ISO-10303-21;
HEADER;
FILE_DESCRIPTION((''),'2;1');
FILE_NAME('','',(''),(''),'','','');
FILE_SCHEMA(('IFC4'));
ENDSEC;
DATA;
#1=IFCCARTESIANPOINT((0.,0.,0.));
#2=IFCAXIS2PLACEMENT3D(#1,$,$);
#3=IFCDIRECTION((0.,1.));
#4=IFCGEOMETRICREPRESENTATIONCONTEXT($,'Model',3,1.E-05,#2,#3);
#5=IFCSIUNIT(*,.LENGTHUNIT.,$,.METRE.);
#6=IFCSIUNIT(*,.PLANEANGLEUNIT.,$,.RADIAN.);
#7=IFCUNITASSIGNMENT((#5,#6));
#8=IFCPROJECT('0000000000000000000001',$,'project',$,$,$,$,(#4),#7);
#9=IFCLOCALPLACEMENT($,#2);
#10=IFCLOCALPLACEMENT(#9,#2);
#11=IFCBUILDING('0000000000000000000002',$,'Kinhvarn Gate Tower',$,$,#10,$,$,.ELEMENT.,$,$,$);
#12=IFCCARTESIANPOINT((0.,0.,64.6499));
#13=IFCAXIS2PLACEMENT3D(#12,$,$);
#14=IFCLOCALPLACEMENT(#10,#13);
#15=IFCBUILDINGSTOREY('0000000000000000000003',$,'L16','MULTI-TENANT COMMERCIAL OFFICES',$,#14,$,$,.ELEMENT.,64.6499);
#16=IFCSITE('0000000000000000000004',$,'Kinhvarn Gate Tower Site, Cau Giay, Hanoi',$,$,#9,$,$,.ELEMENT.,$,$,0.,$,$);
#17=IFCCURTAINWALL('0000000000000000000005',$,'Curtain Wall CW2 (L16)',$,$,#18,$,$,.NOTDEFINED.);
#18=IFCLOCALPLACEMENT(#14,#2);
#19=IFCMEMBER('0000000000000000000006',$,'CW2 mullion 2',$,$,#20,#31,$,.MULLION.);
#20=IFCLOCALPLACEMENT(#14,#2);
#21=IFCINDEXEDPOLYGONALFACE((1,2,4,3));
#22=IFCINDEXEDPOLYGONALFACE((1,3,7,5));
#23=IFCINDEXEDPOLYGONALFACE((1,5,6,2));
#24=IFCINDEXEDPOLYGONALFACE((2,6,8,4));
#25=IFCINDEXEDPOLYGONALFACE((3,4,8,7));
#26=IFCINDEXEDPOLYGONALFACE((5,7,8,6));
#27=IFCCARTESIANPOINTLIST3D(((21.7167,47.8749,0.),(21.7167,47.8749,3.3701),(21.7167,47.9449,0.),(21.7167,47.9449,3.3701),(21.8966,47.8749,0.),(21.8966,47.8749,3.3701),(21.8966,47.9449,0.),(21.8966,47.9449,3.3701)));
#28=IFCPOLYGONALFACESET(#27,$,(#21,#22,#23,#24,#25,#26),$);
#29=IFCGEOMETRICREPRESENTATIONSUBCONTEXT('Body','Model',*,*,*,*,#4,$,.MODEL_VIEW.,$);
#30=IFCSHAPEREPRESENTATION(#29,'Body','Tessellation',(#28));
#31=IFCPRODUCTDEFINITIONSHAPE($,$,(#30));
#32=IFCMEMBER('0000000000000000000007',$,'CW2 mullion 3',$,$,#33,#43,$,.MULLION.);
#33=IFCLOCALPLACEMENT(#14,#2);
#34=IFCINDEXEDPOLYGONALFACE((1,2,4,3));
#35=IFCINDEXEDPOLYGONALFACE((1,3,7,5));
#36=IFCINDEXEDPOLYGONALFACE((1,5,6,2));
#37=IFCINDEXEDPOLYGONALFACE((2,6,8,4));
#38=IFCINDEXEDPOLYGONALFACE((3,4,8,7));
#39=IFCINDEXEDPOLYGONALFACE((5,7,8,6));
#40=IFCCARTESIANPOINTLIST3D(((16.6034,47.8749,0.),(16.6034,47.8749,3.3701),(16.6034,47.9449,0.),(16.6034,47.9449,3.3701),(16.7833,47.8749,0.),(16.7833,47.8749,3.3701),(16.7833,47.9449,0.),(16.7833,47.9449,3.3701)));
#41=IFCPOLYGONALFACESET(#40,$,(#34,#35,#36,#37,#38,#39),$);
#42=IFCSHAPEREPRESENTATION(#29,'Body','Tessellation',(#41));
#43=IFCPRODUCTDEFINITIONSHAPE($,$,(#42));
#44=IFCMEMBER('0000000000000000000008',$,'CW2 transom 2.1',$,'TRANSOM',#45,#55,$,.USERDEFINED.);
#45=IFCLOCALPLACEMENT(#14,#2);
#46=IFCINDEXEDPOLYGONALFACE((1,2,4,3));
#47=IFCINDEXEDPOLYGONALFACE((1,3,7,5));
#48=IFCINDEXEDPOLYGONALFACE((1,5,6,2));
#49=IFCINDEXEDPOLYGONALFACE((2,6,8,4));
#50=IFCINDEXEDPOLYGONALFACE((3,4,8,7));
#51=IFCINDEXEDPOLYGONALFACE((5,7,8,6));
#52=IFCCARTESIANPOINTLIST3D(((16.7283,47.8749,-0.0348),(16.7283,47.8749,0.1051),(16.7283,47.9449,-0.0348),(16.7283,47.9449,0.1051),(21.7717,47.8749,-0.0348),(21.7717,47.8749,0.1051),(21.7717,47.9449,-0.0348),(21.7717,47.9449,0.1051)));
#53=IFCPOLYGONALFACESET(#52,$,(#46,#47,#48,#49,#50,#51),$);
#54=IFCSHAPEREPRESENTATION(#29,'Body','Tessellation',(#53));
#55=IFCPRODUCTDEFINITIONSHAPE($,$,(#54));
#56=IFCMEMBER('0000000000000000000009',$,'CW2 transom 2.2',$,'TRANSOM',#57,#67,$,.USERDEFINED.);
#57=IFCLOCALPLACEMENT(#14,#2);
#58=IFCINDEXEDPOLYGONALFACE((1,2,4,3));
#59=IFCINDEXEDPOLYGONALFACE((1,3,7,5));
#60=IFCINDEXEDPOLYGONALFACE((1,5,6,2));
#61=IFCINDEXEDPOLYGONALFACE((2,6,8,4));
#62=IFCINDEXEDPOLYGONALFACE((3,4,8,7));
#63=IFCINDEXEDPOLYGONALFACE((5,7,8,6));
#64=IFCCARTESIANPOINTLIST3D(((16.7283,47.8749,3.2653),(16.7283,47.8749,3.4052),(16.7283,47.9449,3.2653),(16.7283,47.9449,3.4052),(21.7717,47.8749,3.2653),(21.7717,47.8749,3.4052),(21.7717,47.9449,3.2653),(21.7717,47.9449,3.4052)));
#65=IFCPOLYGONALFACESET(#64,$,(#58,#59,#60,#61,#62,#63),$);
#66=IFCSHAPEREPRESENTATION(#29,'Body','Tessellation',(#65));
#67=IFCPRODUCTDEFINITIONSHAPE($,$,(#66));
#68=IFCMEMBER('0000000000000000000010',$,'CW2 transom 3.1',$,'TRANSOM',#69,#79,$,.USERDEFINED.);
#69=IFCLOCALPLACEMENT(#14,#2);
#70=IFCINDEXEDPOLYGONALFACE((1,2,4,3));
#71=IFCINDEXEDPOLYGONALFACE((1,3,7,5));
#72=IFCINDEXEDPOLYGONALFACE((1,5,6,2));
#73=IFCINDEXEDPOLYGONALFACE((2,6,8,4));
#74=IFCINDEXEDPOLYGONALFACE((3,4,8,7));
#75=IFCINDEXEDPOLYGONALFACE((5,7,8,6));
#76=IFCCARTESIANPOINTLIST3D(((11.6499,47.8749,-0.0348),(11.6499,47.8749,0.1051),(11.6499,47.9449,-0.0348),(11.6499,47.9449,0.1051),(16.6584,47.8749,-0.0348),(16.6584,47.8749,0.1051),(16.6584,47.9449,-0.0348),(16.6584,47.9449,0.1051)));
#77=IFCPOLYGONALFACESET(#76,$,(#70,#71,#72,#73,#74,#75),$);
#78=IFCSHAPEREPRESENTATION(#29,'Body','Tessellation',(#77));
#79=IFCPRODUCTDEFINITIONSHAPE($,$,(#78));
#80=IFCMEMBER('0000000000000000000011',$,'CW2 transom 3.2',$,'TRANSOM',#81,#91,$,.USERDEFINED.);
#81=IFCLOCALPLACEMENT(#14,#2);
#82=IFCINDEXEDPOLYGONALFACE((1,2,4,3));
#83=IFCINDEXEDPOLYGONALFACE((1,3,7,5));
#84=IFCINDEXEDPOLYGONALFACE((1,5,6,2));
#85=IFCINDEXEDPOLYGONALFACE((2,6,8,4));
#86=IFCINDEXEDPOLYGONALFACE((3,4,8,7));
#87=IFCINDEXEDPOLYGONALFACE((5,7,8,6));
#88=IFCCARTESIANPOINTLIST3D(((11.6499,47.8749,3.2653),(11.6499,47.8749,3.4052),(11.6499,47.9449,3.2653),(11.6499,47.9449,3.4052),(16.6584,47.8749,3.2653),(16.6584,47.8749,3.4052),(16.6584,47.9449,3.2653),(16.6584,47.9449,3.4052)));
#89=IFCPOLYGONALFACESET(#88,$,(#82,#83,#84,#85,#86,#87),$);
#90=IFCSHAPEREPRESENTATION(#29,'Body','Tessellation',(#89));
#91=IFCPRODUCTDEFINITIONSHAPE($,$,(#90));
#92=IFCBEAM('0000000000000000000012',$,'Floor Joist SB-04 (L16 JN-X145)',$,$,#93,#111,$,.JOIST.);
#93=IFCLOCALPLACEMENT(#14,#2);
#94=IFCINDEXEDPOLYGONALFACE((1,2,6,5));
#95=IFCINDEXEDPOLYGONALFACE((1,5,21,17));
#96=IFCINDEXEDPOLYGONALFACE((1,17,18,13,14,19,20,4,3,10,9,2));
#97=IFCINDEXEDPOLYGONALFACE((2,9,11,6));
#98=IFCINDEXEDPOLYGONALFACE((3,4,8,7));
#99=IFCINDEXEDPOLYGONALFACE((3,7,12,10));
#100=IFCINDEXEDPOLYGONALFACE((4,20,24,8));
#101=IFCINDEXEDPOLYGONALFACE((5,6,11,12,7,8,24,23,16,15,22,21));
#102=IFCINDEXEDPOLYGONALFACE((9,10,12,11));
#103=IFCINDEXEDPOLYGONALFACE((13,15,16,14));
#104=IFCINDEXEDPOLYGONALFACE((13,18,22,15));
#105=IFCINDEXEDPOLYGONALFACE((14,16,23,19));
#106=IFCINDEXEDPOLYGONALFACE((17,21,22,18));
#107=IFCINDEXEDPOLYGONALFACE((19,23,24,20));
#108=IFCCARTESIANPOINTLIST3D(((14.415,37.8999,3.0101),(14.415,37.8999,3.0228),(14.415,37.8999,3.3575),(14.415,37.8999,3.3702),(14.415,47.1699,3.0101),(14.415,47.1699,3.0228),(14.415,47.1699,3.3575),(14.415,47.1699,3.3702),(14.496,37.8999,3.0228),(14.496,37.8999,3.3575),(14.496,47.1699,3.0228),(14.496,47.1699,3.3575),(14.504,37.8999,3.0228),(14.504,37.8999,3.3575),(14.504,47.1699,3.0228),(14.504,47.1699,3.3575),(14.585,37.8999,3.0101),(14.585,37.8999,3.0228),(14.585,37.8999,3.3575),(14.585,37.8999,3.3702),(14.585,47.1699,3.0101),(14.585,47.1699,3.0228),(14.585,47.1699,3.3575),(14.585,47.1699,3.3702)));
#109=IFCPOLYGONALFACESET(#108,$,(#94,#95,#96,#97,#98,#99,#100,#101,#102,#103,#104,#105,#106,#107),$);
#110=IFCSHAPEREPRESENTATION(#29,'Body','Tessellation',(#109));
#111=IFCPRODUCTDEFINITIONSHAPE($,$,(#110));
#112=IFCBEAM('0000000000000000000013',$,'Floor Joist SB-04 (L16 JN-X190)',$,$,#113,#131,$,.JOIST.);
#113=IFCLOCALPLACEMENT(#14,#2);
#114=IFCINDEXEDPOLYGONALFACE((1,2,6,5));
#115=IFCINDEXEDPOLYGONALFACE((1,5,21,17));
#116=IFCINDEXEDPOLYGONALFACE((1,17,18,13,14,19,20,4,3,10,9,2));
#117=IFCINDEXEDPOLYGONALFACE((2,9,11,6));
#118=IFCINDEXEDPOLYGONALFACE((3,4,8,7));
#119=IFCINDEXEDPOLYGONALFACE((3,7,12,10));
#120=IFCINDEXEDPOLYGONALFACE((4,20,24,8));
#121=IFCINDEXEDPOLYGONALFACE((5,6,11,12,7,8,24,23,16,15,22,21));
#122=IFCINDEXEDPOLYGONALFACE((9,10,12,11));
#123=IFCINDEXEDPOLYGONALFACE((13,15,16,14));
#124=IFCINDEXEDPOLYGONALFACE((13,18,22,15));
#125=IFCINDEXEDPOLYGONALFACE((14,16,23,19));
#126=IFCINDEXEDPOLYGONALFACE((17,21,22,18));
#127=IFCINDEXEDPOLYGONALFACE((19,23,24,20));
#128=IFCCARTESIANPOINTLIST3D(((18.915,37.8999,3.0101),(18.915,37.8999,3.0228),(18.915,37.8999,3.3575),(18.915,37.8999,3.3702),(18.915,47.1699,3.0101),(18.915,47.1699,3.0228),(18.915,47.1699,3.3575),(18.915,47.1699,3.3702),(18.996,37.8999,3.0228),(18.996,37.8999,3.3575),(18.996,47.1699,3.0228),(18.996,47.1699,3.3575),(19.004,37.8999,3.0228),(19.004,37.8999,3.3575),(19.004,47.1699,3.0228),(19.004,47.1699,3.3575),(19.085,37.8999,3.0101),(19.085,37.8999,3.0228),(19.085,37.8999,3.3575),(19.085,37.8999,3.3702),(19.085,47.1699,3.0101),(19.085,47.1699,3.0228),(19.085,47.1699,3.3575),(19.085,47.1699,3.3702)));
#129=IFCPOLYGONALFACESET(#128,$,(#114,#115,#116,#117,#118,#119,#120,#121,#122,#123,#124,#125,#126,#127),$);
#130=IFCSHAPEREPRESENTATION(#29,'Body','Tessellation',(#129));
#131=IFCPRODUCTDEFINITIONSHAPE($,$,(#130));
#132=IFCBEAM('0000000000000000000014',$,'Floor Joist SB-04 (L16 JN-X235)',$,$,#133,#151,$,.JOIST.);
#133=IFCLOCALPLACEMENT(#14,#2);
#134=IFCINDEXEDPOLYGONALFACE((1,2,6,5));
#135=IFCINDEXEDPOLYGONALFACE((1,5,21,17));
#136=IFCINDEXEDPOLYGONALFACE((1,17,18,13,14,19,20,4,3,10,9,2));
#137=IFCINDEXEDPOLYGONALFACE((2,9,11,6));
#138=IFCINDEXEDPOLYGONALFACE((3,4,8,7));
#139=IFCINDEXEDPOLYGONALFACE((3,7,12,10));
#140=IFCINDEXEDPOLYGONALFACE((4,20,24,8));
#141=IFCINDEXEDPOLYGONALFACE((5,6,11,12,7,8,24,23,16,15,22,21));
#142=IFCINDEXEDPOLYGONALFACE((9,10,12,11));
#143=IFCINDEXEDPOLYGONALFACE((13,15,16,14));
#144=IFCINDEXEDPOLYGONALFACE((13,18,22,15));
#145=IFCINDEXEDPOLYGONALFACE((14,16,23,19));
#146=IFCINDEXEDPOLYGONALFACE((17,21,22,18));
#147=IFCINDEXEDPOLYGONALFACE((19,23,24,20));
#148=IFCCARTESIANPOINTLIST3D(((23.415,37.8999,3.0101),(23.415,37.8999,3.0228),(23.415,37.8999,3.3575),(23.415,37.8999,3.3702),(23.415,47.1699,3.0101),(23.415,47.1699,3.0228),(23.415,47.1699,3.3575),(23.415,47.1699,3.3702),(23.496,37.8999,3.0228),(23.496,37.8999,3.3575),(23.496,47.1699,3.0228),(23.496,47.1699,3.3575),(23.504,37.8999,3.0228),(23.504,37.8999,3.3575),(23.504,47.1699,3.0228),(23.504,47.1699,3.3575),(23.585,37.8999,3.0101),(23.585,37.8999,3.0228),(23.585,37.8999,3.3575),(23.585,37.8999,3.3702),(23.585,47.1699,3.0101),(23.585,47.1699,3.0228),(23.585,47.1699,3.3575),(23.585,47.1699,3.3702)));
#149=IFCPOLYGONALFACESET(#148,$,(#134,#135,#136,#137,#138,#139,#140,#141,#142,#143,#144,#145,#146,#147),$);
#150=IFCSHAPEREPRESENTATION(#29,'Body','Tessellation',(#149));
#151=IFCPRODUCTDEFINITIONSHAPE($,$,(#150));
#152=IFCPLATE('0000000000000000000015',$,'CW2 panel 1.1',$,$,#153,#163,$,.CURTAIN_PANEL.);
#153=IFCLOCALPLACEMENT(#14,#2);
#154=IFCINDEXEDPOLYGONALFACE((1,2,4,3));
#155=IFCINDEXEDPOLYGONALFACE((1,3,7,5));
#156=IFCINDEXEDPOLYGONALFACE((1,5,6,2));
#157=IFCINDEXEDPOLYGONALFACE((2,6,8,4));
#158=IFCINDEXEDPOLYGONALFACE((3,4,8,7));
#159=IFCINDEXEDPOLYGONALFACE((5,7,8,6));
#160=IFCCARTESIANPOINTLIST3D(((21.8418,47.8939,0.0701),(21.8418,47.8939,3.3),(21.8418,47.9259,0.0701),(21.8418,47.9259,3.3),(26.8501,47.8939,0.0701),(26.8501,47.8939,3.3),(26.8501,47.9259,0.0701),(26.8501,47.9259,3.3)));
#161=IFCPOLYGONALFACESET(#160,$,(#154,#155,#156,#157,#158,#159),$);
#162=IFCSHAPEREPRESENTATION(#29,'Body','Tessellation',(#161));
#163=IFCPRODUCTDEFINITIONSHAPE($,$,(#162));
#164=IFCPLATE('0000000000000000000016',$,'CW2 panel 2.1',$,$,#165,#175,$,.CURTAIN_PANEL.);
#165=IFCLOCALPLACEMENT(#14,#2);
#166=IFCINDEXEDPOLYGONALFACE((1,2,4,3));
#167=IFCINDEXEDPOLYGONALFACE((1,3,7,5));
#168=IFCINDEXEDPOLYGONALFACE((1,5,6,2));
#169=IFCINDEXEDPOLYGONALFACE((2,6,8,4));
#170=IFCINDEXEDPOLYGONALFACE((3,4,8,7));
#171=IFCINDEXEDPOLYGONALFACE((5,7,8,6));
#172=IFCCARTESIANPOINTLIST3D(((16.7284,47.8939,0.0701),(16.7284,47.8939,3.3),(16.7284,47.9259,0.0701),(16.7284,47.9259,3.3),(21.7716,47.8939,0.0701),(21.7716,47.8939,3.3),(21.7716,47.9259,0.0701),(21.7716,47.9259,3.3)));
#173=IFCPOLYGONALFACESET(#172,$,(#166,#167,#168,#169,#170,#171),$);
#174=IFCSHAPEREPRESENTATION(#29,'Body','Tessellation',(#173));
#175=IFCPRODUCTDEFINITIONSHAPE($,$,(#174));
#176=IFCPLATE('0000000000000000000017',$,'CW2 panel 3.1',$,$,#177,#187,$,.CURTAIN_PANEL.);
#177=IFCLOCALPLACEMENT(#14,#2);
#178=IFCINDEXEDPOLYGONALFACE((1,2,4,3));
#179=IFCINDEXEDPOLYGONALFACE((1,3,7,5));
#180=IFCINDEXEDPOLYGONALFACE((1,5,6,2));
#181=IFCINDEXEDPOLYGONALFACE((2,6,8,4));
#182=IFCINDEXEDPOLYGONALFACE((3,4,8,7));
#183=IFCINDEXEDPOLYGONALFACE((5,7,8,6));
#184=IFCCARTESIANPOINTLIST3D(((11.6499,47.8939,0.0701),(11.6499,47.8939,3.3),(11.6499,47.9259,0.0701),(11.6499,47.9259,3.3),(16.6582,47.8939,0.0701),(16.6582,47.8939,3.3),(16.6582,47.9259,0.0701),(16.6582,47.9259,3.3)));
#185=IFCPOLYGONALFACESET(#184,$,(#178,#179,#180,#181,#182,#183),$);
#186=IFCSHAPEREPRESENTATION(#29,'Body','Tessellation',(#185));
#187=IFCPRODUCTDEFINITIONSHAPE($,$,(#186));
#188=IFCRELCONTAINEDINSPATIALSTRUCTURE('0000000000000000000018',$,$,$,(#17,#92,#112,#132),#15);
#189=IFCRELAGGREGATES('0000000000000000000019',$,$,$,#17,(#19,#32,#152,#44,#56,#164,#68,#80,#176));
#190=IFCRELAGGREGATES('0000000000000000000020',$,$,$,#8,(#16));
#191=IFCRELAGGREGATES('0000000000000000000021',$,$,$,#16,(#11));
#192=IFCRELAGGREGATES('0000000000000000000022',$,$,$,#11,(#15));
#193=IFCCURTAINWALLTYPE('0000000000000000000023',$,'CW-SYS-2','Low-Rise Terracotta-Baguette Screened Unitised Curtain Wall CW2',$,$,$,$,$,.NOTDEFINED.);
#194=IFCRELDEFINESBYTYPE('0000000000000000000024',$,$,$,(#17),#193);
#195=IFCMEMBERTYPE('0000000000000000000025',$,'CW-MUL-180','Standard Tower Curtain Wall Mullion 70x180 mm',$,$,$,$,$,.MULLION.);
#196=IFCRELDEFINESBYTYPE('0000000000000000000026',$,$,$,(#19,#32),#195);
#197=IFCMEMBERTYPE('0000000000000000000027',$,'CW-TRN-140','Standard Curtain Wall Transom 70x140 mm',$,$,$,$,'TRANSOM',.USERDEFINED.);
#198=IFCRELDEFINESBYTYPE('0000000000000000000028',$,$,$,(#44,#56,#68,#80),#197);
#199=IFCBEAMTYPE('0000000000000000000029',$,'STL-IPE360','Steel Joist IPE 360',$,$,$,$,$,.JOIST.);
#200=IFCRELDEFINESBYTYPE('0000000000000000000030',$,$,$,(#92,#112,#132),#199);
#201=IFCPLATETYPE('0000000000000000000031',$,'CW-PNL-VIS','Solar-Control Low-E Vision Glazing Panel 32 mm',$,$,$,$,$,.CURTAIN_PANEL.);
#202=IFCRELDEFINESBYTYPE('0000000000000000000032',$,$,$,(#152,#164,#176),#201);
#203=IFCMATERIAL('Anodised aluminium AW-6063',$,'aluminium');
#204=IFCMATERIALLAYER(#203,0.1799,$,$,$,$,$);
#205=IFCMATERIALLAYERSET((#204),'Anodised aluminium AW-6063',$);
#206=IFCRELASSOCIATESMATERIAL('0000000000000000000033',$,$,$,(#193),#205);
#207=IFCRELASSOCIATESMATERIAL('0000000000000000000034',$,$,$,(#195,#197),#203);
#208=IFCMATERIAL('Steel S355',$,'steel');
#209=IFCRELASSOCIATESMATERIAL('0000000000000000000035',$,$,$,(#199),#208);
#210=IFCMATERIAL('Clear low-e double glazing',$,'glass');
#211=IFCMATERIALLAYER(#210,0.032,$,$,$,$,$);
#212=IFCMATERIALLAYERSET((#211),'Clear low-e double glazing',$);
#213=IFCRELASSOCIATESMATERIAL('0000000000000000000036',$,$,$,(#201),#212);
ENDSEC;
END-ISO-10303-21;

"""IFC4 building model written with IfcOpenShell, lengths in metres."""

from ifc_helpers import new_model, si_unit, direction, frame, origin, origin_2d, place, context, subcontext, project, spatial, rectangle, i_section, extrude, material, layer, layer_set, material_profile, profile_set, type_object, element, aggregate, save


model = new_model("IFC4")

# Units and contexts
model_context = context("Model", 3, precision=1e-05, world=origin(), true_north=direction((0.0, 1.0)))
body_context = subcontext(model_context, "Body", "Model", "MODEL_VIEW")
ifc_project = project(units=[si_unit("LENGTHUNIT", "METRE"), si_unit("PLANEANGLEUNIT", "RADIAN")], contexts=[model_context])

# Site, building, storey
site_placement = place(None, origin())
site = spatial("IfcSite", under=ifc_project, at=site_placement, Name="Kinhvarn Gate Tower Site, Cau Giay, Hanoi", CompositionType="ELEMENT", RefElevation=0.0)
building_placement = place(site_placement, origin())
building = spatial("IfcBuilding", under=site, at=building_placement, Name="Kinhvarn Gate Tower", CompositionType="ELEMENT")
storey_placement = place(building_placement, frame((0.0, 0.0, 64.6499)))
storey = spatial("IfcBuildingStorey", under=building, at=storey_placement, Name="L16", Description="MULTI-TENANT COMMERCIAL OFFICES", CompositionType="ELEMENT", Elevation=64.6499)

# Curtain wall, members
ifc_material_1 = material(Name="Anodised aluminium AW-6063", Category="aluminium")
ifc_layer_1 = layer(ifc_material_1, 0.1799)
ifc_layer_set_1 = layer_set([ifc_layer_1], Name="Anodised aluminium AW-6063")
curtain_wall_type = type_object("IfcCurtainWallType", Name="CW-SYS-2", Description="Low-Rise Terracotta-Baguette Screened Unitised Curtain Wall CW2", PredefinedType="NOTDEFINED", material=ifc_layer_set_1)
curtain_wall_placement = place(storey_placement, origin())
curtain_wall = element("IfcCurtainWall", 1, at=curtain_wall_placement, inside=storey, type_object=curtain_wall_type, Name="Curtain Wall CW2 (L16)", PredefinedType="NOTDEFINED")
ifc_material_profile_1 = material_profile(ifc_material_1, rectangle(XDim=0.0701, YDim=0.1799, at=origin_2d()), Name="ALU 70x180")
ifc_profile_set_1 = profile_set([ifc_material_profile_1], Name="Anodised aluminium AW-6063")
member_type_1 = type_object("IfcMemberType", Name="CW-MUL-180", Description="Standard Tower Curtain Wall Mullion 70x180 mm", PredefinedType="MULLION", material=ifc_profile_set_1)
member_1_placement = place(storey_placement, frame((21.8066, 47.9099, 0.0), z_axis=(0.0, 0.0, 1.0), x_axis=(0.0, -1.0, 0.0)))
member_1 = element("IfcMember", 2, at=member_1_placement, type_object=member_type_1, Name="CW2 mullion 2", PredefinedType="MULLION", context=body_context, shape_type="SweptSolid", body=[
    extrude(rectangle(XDim=0.0701, YDim=0.1799, at=origin_2d()), origin(), (0.0, 0.0, 1.0), 3.3701),
])
member_2_placement = place(storey_placement, frame((16.6934, 47.9099, 0.0), z_axis=(0.0, 0.0, 1.0), x_axis=(0.0, -1.0, 0.0)))
member_2 = element("IfcMember", 3, at=member_2_placement, type_object=member_type_1, Name="CW2 mullion 3", PredefinedType="MULLION", context=body_context, shape_type="SweptSolid", body=[
    extrude(rectangle(XDim=0.0701, YDim=0.1799, at=origin_2d()), origin(), (0.0, 0.0, 1.0), 3.3701),
])
ifc_material_profile_2 = material_profile(ifc_material_1, rectangle(XDim=0.0701, YDim=0.1399, at=origin_2d()), Name="ALU 70x140")
ifc_profile_set_2 = profile_set([ifc_material_profile_2], Name="Anodised aluminium AW-6063")
member_type_2 = type_object("IfcMemberType", Name="CW-TRN-140", Description="Standard Curtain Wall Transom 70x140 mm", ElementType="TRANSOM", PredefinedType="USERDEFINED", material=ifc_profile_set_2)
member_3_placement = place(storey_placement, frame((21.7717, 47.9099, 0.0352), z_axis=(-1.0, 0.0, 0.0), x_axis=(0.0, -1.0, 0.0)))
member_3 = element("IfcMember", 4, at=member_3_placement, type_object=member_type_2, Name="CW2 transom 2.1", ObjectType="TRANSOM", PredefinedType="USERDEFINED", context=body_context, shape_type="SweptSolid", body=[
    extrude(rectangle(XDim=0.0701, YDim=0.1399, at=origin_2d()), origin(), (0.0, 0.0, 1.0), 5.0435),
])
member_4_placement = place(storey_placement, frame((21.7717, 47.9099, 3.3352), z_axis=(-1.0, 0.0, 0.0), x_axis=(0.0, -1.0, 0.0)))
member_4 = element("IfcMember", 5, at=member_4_placement, type_object=member_type_2, Name="CW2 transom 2.2", ObjectType="TRANSOM", PredefinedType="USERDEFINED", context=body_context, shape_type="SweptSolid", body=[
    extrude(rectangle(XDim=0.0701, YDim=0.1399, at=origin_2d()), origin(), (0.0, 0.0, 1.0), 5.0435),
])
member_5_placement = place(storey_placement, frame((16.6584, 47.9099, 0.0352), z_axis=(-1.0, 0.0, 0.0), x_axis=(0.0, -1.0, 0.0)))
member_5 = element("IfcMember", 6, at=member_5_placement, type_object=member_type_2, Name="CW2 transom 3.1", ObjectType="TRANSOM", PredefinedType="USERDEFINED", context=body_context, shape_type="SweptSolid", body=[
    extrude(rectangle(XDim=0.0701, YDim=0.1399, at=origin_2d()), origin(), (0.0, 0.0, 1.0), 5.0085),
])
member_6_placement = place(storey_placement, frame((16.6584, 47.9099, 3.3352), z_axis=(-1.0, 0.0, 0.0), x_axis=(0.0, -1.0, 0.0)))
member_6 = element("IfcMember", 7, at=member_6_placement, type_object=member_type_2, Name="CW2 transom 3.2", ObjectType="TRANSOM", PredefinedType="USERDEFINED", context=body_context, shape_type="SweptSolid", body=[
    extrude(rectangle(XDim=0.0701, YDim=0.1399, at=origin_2d()), origin(), (0.0, 0.0, 1.0), 5.0085),
])

# Beams
ifc_material_2 = material(Name="Steel S355", Category="steel")
ifc_material_profile_3 = material_profile(ifc_material_2, i_section(OverallWidth=0.1699, OverallDepth=0.3601, WebThickness=0.0081, FlangeThickness=0.0127, at=origin_2d()), Name="IPE 360")
ifc_profile_set_3 = profile_set([ifc_material_profile_3], Name="Steel S355")
beam_type = type_object("IfcBeamType", Name="STL-IPE360", Description="Steel Joist IPE 360", PredefinedType="JOIST", material=ifc_profile_set_3)
for number, where, z_axis, x_axis, name in (
    (8, (14.5, 37.8999, 3.1902), (0.0, 1.0, 0.0), (-1.0, 0.0, 0.0), "Floor Joist SB-04 (L16 JN-X145)"),
    (9, (19.0, 37.8999, 3.1902), (0.0, 1.0, 0.0), (-1.0, 0.0, 0.0), "Floor Joist SB-04 (L16 JN-X190)"),
    (10, (23.5, 37.8999, 3.1902), (0.0, 1.0, 0.0), (-1.0, 0.0, 0.0), "Floor Joist SB-04 (L16 JN-X235)"),
):
    element("IfcBeam", number, at=place(storey_placement, frame(where, z_axis=z_axis, x_axis=x_axis)), inside=storey, type_object=beam_type, Name=name, PredefinedType="JOIST", context=body_context, shape_type="SweptSolid", body=[
        extrude(i_section(OverallWidth=0.1699, OverallDepth=0.3601, WebThickness=0.0081, FlangeThickness=0.0127, at=origin_2d()), origin(), (0.0, 0.0, 1.0), 9.27),
    ])

# Plates
ifc_material_3 = material(Name="Clear low-e double glazing", Category="glass")
ifc_layer_2 = layer(ifc_material_3, 0.032)
ifc_layer_set_2 = layer_set([ifc_layer_2], Name="Clear low-e double glazing")
plate_type = type_object("IfcPlateType", Name="CW-PNL-VIS", Description="Solar-Control Low-E Vision Glazing Panel 32 mm", PredefinedType="CURTAIN_PANEL", material=ifc_layer_set_2)
plate_1_placement = place(storey_placement, frame((24.3459, 47.9099, 0.0701), z_axis=(0.0, 0.0, 1.0), x_axis=(-1.0, 0.0, 0.0)))
plate_1 = element("IfcPlate", 11, at=plate_1_placement, type_object=plate_type, Name="CW2 panel 1.1", PredefinedType="CURTAIN_PANEL", context=body_context, shape_type="SweptSolid", body=[
    extrude(rectangle(XDim=5.0083, YDim=0.032, at=origin_2d()), origin(), (0.0, 0.0, 1.0), 3.23),
])
plate_2_placement = place(storey_placement, frame((19.25, 47.9099, 0.0701), z_axis=(0.0, 0.0, 1.0), x_axis=(-1.0, 0.0, 0.0)))
plate_2 = element("IfcPlate", 12, at=plate_2_placement, type_object=plate_type, Name="CW2 panel 2.1", PredefinedType="CURTAIN_PANEL", context=body_context, shape_type="SweptSolid", body=[
    extrude(rectangle(XDim=5.0432, YDim=0.032, at=origin_2d()), origin(), (0.0, 0.0, 1.0), 3.23),
])
plate_3_placement = place(storey_placement, frame((14.1541, 47.9099, 0.0701), z_axis=(0.0, 0.0, 1.0), x_axis=(-1.0, 0.0, 0.0)))
plate_3 = element("IfcPlate", 13, at=plate_3_placement, type_object=plate_type, Name="CW2 panel 3.1", PredefinedType="CURTAIN_PANEL", context=body_context, shape_type="SweptSolid", body=[
    extrude(rectangle(XDim=5.0083, YDim=0.032, at=origin_2d()), origin(), (0.0, 0.0, 1.0), 3.23),
])
aggregate(curtain_wall, [member_1, member_2, plate_1, member_3, member_4, plate_2, member_5, member_6, plate_3])

save(model, "model.ifc")
